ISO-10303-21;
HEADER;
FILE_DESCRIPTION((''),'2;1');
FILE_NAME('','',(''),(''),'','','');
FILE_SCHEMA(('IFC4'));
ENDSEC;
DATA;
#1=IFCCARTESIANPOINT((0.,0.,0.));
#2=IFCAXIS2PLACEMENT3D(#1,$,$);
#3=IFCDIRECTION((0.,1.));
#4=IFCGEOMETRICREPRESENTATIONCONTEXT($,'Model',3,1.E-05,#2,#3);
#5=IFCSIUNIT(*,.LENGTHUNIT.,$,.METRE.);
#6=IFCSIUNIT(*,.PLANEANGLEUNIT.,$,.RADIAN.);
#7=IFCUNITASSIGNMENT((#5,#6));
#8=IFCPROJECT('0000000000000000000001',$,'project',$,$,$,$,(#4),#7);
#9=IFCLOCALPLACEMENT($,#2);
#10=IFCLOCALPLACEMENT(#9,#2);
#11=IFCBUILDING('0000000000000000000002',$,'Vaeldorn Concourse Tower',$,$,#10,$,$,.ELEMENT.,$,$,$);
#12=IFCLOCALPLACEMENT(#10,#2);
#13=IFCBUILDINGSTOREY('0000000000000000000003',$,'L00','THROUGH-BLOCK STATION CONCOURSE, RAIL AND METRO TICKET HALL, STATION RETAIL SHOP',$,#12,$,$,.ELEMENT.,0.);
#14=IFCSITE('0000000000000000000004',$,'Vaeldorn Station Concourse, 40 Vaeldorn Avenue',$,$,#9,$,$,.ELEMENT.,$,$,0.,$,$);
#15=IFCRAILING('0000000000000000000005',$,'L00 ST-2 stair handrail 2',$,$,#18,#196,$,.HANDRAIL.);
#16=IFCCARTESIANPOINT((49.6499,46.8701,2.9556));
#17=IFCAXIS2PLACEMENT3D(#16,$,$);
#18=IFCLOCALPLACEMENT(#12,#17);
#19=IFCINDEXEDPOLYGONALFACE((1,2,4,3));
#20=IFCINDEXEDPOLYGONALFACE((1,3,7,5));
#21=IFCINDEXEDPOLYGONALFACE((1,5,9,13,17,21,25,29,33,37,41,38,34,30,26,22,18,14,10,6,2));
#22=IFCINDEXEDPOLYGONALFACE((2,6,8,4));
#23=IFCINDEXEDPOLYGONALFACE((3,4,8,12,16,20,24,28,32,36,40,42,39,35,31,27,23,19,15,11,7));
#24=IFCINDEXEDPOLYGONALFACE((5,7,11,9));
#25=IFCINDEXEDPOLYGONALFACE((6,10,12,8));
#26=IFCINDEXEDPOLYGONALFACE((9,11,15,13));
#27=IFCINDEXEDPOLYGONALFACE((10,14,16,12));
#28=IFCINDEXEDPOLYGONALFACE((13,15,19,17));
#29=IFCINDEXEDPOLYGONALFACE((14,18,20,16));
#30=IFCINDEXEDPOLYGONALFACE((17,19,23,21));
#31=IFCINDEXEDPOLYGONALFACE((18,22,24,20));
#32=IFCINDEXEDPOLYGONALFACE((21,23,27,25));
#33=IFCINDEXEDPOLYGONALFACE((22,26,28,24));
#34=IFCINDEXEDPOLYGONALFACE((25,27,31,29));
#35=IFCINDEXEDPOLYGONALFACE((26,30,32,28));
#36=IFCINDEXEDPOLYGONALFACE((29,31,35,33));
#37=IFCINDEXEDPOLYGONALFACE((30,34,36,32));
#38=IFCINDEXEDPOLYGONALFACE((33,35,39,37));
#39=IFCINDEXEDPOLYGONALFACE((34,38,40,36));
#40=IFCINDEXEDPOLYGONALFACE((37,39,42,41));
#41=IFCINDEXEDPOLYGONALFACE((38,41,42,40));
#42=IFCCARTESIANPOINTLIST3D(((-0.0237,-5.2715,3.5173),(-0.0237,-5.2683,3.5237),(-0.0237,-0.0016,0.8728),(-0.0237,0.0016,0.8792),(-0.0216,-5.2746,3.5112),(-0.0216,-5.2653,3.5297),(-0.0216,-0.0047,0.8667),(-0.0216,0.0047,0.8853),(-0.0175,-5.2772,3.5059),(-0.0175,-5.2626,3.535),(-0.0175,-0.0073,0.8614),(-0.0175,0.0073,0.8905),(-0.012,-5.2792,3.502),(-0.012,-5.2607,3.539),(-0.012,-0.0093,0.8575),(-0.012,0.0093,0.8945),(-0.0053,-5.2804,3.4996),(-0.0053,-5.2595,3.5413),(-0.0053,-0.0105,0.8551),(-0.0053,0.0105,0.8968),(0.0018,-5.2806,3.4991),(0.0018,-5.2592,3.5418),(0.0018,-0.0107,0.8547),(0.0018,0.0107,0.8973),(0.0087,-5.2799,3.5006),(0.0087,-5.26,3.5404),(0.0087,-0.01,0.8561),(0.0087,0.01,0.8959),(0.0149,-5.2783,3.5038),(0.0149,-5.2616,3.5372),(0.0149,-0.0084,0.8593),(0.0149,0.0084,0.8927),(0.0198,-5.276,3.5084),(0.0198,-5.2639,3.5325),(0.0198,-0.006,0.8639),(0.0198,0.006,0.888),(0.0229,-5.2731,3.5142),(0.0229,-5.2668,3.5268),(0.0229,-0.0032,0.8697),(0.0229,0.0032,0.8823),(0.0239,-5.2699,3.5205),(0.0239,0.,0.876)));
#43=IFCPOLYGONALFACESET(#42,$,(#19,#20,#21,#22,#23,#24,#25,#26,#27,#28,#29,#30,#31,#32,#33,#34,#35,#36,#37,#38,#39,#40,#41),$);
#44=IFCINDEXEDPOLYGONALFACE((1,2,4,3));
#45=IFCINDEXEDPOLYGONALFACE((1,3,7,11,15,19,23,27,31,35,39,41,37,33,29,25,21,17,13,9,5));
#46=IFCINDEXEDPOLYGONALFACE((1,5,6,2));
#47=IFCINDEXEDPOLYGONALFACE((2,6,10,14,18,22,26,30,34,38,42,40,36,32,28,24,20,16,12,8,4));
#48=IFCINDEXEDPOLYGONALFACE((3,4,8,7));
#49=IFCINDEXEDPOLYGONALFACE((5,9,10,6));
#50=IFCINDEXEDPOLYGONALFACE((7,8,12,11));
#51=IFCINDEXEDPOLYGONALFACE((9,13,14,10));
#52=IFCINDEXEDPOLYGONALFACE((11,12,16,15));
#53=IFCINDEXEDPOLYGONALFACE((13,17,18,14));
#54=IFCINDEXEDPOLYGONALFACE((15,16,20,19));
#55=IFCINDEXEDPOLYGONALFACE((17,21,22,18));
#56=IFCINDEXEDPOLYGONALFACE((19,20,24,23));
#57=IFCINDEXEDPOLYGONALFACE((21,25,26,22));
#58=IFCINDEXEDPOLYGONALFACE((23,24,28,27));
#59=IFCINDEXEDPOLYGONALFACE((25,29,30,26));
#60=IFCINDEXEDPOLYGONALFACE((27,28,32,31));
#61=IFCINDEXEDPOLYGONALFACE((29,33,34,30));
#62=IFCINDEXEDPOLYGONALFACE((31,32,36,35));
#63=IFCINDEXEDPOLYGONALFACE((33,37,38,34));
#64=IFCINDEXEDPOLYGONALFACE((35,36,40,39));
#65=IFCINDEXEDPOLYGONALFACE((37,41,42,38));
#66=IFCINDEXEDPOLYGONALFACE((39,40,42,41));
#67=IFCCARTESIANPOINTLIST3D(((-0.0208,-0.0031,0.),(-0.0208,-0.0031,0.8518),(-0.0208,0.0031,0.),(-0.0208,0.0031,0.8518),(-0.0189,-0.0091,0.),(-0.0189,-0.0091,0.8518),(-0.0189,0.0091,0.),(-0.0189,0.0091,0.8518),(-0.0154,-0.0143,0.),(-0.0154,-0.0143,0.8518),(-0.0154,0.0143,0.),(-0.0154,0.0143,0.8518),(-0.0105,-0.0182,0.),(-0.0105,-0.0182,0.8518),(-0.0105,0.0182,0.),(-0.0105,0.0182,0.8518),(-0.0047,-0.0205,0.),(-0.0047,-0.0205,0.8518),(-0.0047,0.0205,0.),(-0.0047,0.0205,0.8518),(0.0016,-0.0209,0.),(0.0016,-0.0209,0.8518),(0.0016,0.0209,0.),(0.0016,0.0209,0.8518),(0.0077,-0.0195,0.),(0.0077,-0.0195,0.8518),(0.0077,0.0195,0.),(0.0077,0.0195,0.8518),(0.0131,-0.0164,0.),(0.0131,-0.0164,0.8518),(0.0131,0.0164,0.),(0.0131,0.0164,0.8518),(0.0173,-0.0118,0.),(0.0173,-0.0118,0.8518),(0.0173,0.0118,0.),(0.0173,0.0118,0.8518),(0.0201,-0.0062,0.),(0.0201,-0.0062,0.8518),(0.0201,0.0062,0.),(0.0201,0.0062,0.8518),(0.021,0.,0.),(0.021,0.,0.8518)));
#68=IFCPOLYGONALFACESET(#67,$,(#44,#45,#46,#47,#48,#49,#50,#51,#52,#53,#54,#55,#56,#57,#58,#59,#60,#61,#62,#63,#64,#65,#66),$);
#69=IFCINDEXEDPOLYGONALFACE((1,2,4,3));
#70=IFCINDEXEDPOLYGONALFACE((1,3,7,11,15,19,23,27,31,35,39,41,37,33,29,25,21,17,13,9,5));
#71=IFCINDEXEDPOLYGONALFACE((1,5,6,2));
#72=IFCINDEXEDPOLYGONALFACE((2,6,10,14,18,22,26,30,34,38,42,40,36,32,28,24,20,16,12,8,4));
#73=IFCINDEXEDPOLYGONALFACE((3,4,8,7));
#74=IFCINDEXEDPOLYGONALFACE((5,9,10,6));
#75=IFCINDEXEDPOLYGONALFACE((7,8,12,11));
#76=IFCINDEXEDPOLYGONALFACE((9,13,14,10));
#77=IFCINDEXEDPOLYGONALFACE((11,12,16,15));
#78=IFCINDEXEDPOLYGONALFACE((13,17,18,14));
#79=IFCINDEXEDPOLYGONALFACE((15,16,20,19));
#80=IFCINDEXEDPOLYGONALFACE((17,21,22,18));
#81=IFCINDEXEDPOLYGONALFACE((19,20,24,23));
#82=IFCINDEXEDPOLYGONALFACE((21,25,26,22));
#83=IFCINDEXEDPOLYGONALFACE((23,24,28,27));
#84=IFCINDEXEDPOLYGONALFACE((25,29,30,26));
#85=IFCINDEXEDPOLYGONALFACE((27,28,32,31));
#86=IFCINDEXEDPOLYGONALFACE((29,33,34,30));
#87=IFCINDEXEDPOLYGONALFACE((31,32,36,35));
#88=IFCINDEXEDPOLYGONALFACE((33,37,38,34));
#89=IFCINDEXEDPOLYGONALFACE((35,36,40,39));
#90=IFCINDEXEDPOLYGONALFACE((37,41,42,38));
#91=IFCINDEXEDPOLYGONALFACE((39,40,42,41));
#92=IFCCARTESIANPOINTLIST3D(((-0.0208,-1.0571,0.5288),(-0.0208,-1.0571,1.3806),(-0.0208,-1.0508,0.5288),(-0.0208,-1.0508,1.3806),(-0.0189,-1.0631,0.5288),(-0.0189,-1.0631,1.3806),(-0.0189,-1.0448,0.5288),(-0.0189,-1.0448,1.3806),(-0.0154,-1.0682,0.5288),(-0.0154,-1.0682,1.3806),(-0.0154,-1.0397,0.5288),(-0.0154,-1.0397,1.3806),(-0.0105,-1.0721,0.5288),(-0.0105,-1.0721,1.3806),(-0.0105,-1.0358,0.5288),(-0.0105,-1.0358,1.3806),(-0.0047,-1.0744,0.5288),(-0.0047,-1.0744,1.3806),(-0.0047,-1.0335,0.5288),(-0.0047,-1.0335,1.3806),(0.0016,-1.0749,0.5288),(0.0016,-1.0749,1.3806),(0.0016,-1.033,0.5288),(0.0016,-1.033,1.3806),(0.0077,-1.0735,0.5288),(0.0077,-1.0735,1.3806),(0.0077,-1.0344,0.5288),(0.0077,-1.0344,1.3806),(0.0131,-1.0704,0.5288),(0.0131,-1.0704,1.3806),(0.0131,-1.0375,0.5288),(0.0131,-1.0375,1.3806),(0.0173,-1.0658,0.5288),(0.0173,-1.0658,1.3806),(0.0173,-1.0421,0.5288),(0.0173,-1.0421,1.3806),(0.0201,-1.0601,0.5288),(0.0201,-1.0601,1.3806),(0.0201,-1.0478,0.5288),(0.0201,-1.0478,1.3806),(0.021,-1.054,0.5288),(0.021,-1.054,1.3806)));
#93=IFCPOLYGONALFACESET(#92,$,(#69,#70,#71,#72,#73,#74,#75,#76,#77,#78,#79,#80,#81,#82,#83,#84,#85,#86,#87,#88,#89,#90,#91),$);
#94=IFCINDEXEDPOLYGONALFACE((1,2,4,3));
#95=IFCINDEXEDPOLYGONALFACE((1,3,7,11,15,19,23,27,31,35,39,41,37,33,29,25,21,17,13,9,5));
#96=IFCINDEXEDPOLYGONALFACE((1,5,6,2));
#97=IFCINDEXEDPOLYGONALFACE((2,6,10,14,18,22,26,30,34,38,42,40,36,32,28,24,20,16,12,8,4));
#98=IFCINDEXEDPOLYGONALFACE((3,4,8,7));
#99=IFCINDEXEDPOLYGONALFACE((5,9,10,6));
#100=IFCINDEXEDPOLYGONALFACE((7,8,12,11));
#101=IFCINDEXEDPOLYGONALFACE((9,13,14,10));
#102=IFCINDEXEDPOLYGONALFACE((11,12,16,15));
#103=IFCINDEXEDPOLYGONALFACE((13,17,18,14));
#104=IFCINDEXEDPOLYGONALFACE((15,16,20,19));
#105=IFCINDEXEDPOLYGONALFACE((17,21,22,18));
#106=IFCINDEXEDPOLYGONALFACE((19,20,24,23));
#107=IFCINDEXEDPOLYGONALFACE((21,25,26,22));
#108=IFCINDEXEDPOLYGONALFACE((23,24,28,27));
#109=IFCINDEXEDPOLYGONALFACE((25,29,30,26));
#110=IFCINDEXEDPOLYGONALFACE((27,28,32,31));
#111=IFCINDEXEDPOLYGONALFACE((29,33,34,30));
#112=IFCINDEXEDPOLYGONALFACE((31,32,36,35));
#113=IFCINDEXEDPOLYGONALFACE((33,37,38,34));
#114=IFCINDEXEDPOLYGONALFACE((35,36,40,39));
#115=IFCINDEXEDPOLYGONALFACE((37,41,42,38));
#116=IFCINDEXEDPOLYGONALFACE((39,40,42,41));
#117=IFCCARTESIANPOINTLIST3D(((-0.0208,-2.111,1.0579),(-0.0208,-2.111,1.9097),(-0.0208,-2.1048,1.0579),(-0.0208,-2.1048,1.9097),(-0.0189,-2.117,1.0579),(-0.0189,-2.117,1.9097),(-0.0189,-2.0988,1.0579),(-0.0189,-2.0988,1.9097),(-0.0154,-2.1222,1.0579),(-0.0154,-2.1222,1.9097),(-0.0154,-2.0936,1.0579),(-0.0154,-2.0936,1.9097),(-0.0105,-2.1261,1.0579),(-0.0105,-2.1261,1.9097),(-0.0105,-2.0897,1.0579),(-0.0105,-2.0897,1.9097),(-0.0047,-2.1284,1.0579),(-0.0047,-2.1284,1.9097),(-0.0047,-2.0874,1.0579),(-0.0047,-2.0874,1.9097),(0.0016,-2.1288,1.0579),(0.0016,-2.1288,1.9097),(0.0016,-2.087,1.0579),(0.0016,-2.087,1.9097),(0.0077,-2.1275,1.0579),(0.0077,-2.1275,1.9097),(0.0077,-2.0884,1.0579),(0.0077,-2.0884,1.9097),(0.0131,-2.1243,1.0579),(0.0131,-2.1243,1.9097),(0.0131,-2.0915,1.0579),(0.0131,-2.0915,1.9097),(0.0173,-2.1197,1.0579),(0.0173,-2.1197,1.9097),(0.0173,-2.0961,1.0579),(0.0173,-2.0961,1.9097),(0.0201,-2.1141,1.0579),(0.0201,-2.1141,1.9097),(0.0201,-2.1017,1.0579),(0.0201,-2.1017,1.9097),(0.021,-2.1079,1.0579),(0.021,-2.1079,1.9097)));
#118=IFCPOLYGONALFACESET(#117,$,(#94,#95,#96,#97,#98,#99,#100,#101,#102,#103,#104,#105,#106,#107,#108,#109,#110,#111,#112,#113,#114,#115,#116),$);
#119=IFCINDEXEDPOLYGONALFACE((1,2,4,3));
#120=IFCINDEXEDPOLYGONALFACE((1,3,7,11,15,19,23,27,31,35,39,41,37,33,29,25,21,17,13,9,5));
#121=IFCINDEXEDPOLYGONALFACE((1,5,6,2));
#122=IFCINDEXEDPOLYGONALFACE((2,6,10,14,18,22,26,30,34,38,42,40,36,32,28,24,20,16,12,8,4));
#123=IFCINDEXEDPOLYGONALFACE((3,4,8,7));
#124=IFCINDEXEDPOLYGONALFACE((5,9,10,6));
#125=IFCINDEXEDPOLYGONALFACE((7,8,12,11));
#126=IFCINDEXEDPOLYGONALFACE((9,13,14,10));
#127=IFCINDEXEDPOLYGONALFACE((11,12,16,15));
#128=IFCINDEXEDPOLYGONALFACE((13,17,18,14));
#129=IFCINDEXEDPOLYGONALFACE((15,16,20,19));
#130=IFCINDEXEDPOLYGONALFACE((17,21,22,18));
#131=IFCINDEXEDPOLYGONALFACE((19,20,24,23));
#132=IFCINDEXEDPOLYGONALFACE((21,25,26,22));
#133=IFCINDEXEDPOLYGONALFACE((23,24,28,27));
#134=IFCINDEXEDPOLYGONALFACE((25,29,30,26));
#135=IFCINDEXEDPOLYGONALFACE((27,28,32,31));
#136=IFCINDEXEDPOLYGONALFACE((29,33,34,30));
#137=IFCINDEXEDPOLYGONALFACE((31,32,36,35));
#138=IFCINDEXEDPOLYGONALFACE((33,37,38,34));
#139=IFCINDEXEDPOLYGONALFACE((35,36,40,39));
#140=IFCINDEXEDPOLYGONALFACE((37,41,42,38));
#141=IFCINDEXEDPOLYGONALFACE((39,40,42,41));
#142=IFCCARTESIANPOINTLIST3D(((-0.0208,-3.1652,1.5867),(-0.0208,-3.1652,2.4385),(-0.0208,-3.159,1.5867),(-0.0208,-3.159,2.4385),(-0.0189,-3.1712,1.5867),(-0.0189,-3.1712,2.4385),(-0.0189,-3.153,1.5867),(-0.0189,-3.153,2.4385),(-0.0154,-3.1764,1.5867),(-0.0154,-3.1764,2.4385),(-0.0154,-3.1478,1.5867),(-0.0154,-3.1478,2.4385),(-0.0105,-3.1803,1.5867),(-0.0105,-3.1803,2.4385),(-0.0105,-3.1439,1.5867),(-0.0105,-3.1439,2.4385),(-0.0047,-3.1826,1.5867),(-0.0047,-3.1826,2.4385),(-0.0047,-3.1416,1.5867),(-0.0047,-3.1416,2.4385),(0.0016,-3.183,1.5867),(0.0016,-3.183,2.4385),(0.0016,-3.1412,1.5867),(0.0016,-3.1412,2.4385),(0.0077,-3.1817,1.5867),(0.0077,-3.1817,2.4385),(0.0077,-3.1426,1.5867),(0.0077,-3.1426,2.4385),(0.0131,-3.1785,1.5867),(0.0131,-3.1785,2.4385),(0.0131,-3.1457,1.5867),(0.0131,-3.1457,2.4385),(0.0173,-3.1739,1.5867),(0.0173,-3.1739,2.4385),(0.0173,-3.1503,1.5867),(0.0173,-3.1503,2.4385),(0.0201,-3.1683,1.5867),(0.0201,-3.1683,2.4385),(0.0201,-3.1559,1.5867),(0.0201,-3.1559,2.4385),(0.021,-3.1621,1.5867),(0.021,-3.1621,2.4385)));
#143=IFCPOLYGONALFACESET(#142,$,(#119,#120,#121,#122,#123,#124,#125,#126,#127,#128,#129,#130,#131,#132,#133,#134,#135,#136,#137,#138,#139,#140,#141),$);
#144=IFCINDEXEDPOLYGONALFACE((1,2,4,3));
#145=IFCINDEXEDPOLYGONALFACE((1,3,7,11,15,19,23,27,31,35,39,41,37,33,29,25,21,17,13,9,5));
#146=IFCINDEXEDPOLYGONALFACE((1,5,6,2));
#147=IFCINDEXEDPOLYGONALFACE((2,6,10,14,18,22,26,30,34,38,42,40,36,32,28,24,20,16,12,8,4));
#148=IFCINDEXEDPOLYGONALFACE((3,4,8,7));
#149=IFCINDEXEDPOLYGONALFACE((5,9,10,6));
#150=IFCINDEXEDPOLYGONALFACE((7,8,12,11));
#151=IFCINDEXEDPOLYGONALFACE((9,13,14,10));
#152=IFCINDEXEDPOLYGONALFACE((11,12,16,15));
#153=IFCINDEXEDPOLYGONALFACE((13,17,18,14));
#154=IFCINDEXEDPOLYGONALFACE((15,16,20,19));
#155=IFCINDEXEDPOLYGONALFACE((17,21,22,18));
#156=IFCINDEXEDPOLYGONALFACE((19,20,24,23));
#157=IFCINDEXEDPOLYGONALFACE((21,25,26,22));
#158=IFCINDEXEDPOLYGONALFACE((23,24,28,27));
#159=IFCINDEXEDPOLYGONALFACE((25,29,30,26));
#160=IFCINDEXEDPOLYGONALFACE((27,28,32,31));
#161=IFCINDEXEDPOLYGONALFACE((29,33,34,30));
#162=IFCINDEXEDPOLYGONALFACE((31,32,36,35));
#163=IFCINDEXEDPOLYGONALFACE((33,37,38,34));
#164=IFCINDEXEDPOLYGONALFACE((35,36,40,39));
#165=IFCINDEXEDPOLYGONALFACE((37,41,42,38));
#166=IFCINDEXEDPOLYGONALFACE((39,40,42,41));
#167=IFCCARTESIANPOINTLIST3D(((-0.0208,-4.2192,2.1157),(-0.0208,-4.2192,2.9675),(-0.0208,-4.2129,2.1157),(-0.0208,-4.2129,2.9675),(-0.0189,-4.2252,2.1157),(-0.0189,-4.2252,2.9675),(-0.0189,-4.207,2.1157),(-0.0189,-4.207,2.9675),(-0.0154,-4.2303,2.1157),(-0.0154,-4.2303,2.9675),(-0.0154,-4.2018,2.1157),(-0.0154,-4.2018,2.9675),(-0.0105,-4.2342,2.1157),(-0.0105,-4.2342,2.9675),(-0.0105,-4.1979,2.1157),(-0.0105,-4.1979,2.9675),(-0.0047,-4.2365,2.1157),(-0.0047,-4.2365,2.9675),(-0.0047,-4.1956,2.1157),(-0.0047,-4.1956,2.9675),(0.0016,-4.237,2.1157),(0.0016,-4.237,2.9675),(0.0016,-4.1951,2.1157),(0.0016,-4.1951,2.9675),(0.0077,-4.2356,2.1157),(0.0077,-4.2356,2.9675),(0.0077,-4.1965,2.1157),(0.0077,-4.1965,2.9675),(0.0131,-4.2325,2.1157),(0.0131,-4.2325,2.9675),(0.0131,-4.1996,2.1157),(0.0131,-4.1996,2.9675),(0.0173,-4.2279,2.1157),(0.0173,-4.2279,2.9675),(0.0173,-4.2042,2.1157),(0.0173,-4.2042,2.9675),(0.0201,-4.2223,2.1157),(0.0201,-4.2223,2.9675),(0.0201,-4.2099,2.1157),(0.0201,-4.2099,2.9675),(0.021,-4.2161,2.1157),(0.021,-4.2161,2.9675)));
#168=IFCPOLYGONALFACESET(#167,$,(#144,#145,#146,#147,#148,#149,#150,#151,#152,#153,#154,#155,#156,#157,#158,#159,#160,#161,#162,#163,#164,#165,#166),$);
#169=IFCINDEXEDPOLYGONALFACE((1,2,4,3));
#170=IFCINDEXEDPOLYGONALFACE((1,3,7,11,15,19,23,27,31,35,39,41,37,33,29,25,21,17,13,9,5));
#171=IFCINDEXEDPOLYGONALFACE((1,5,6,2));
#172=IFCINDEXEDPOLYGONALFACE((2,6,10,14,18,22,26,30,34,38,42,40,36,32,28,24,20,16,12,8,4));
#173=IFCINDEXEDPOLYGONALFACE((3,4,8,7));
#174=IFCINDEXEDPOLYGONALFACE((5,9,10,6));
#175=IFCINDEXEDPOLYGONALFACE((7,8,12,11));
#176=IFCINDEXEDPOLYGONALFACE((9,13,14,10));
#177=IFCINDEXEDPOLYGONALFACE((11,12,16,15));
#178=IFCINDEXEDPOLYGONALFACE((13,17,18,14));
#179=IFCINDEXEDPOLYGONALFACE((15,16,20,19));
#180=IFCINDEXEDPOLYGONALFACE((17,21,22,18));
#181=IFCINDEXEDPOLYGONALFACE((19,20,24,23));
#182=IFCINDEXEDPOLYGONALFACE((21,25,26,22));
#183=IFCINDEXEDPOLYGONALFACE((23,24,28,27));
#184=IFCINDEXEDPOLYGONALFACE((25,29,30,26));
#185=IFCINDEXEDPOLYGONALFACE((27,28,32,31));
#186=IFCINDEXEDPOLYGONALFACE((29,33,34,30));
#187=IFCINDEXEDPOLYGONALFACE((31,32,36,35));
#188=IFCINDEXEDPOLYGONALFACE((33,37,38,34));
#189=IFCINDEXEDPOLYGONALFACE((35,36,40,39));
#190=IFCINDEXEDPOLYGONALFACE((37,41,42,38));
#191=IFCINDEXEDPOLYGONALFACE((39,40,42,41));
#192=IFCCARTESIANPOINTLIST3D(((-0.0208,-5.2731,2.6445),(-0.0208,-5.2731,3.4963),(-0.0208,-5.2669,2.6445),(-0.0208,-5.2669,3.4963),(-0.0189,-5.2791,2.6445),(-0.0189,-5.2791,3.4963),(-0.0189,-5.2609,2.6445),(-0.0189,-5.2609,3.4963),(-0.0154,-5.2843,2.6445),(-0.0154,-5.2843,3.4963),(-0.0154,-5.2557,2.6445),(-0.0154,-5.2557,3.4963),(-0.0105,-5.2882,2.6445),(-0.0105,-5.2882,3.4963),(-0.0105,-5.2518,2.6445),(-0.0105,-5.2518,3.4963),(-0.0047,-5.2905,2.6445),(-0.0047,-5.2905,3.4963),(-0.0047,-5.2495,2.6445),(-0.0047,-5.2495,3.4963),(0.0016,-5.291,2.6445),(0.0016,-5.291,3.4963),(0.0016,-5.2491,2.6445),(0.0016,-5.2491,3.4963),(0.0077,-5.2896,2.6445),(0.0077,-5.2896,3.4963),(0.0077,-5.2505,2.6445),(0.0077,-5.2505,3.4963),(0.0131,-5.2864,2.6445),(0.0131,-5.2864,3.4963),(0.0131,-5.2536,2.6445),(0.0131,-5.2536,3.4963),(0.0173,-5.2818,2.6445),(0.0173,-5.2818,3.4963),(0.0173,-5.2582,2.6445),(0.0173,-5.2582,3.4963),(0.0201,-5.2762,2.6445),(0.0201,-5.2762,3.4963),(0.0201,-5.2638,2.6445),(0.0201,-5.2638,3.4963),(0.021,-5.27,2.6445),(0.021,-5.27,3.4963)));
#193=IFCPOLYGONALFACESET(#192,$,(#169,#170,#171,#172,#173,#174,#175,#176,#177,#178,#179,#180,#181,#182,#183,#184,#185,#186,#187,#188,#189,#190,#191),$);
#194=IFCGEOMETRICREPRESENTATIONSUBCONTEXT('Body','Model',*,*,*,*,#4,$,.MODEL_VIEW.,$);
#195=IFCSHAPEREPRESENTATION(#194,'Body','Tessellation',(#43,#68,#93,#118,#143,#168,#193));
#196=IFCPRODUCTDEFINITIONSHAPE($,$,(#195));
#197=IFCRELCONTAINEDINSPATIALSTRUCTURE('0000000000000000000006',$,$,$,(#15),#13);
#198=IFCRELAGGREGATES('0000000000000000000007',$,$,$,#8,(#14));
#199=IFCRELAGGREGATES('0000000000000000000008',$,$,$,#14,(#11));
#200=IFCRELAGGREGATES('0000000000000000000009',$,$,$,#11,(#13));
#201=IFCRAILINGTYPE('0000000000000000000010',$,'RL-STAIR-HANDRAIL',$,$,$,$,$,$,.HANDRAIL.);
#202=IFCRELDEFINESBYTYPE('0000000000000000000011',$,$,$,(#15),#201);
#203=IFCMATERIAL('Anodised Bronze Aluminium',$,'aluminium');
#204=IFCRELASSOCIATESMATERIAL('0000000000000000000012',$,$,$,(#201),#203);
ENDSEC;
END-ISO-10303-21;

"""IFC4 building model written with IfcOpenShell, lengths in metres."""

from ifc_helpers import new_model, si_unit, direction, frame, origin, origin_2d, place, context, subcontext, project, spatial, circle, extrude, material, type_object, element, save


model = new_model("IFC4")

# Units and contexts
model_context = context("Model", 3, precision=1e-05, world=origin(), true_north=direction((0.0, 1.0)))
body_context = subcontext(model_context, "Body", "Model", "MODEL_VIEW")
ifc_project = project(units=[si_unit("LENGTHUNIT", "METRE"), si_unit("PLANEANGLEUNIT", "RADIAN")], contexts=[model_context])

# Site, building, storey
site_placement = place(None, origin())
site = spatial("IfcSite", under=ifc_project, at=site_placement, Name="Vaeldorn Station Concourse, 40 Vaeldorn Avenue", CompositionType="ELEMENT", RefElevation=0.0)
building_placement = place(site_placement, origin())
building = spatial("IfcBuilding", under=site, at=building_placement, Name="Vaeldorn Concourse Tower", CompositionType="ELEMENT")
storey_placement = place(building_placement, origin())
storey = spatial("IfcBuildingStorey", under=building, at=storey_placement, Name="L00", Description="THROUGH-BLOCK STATION CONCOURSE, RAIL AND METRO TICKET HALL, STATION RETAIL SHOP", CompositionType="ELEMENT", Elevation=0.0)

# Shared definitions
ifc_material_1 = material(Name="Anodised Bronze Aluminium", Category="aluminium")

# Railing
railing_type_1 = type_object("IfcRailingType", Name="RL-STAIR-HANDRAIL", PredefinedType="HANDRAIL", material=ifc_material_1)
railing_1_placement = place(storey_placement, frame((49.6499, 46.8701, 2.9556)))
element("IfcRailing", 1, at=railing_1_placement, inside=storey, type_object=railing_type_1, Name="L00 ST-2 stair handrail 2", PredefinedType="HANDRAIL", context=body_context, shape_type="SweptSolid", body=[
    extrude(circle(Radius=0.0239, at=origin_2d()), frame((0.0, 0.0, 0.876), z_axis=(0.0, -0.89378, 0.448505), x_axis=(1.0, 0.0, 0.0)), (0.0, 0.0, 1.0), 5.8962),
    extrude(circle(Radius=0.021, at=origin_2d()), origin(), (0.0, 0.0, 1.0), 0.8518),
    extrude(circle(Radius=0.021, at=origin_2d()), frame((0.0, -1.054, 0.5288)), (0.0, 0.0, 1.0), 0.8518),
    extrude(circle(Radius=0.021, at=origin_2d()), frame((0.0, -2.1079, 1.0579)), (0.0, 0.0, 1.0), 0.8518),
    extrude(circle(Radius=0.021, at=origin_2d()), frame((0.0, -3.1621, 1.5867)), (0.0, 0.0, 1.0), 0.8518),
    extrude(circle(Radius=0.021, at=origin_2d()), frame((0.0, -4.2161, 2.1157)), (0.0, 0.0, 1.0), 0.8518),
    extrude(circle(Radius=0.021, at=origin_2d()), frame((0.0, -5.27, 2.6445)), (0.0, 0.0, 1.0), 0.8518),
])

save(model, "model.ifc")
